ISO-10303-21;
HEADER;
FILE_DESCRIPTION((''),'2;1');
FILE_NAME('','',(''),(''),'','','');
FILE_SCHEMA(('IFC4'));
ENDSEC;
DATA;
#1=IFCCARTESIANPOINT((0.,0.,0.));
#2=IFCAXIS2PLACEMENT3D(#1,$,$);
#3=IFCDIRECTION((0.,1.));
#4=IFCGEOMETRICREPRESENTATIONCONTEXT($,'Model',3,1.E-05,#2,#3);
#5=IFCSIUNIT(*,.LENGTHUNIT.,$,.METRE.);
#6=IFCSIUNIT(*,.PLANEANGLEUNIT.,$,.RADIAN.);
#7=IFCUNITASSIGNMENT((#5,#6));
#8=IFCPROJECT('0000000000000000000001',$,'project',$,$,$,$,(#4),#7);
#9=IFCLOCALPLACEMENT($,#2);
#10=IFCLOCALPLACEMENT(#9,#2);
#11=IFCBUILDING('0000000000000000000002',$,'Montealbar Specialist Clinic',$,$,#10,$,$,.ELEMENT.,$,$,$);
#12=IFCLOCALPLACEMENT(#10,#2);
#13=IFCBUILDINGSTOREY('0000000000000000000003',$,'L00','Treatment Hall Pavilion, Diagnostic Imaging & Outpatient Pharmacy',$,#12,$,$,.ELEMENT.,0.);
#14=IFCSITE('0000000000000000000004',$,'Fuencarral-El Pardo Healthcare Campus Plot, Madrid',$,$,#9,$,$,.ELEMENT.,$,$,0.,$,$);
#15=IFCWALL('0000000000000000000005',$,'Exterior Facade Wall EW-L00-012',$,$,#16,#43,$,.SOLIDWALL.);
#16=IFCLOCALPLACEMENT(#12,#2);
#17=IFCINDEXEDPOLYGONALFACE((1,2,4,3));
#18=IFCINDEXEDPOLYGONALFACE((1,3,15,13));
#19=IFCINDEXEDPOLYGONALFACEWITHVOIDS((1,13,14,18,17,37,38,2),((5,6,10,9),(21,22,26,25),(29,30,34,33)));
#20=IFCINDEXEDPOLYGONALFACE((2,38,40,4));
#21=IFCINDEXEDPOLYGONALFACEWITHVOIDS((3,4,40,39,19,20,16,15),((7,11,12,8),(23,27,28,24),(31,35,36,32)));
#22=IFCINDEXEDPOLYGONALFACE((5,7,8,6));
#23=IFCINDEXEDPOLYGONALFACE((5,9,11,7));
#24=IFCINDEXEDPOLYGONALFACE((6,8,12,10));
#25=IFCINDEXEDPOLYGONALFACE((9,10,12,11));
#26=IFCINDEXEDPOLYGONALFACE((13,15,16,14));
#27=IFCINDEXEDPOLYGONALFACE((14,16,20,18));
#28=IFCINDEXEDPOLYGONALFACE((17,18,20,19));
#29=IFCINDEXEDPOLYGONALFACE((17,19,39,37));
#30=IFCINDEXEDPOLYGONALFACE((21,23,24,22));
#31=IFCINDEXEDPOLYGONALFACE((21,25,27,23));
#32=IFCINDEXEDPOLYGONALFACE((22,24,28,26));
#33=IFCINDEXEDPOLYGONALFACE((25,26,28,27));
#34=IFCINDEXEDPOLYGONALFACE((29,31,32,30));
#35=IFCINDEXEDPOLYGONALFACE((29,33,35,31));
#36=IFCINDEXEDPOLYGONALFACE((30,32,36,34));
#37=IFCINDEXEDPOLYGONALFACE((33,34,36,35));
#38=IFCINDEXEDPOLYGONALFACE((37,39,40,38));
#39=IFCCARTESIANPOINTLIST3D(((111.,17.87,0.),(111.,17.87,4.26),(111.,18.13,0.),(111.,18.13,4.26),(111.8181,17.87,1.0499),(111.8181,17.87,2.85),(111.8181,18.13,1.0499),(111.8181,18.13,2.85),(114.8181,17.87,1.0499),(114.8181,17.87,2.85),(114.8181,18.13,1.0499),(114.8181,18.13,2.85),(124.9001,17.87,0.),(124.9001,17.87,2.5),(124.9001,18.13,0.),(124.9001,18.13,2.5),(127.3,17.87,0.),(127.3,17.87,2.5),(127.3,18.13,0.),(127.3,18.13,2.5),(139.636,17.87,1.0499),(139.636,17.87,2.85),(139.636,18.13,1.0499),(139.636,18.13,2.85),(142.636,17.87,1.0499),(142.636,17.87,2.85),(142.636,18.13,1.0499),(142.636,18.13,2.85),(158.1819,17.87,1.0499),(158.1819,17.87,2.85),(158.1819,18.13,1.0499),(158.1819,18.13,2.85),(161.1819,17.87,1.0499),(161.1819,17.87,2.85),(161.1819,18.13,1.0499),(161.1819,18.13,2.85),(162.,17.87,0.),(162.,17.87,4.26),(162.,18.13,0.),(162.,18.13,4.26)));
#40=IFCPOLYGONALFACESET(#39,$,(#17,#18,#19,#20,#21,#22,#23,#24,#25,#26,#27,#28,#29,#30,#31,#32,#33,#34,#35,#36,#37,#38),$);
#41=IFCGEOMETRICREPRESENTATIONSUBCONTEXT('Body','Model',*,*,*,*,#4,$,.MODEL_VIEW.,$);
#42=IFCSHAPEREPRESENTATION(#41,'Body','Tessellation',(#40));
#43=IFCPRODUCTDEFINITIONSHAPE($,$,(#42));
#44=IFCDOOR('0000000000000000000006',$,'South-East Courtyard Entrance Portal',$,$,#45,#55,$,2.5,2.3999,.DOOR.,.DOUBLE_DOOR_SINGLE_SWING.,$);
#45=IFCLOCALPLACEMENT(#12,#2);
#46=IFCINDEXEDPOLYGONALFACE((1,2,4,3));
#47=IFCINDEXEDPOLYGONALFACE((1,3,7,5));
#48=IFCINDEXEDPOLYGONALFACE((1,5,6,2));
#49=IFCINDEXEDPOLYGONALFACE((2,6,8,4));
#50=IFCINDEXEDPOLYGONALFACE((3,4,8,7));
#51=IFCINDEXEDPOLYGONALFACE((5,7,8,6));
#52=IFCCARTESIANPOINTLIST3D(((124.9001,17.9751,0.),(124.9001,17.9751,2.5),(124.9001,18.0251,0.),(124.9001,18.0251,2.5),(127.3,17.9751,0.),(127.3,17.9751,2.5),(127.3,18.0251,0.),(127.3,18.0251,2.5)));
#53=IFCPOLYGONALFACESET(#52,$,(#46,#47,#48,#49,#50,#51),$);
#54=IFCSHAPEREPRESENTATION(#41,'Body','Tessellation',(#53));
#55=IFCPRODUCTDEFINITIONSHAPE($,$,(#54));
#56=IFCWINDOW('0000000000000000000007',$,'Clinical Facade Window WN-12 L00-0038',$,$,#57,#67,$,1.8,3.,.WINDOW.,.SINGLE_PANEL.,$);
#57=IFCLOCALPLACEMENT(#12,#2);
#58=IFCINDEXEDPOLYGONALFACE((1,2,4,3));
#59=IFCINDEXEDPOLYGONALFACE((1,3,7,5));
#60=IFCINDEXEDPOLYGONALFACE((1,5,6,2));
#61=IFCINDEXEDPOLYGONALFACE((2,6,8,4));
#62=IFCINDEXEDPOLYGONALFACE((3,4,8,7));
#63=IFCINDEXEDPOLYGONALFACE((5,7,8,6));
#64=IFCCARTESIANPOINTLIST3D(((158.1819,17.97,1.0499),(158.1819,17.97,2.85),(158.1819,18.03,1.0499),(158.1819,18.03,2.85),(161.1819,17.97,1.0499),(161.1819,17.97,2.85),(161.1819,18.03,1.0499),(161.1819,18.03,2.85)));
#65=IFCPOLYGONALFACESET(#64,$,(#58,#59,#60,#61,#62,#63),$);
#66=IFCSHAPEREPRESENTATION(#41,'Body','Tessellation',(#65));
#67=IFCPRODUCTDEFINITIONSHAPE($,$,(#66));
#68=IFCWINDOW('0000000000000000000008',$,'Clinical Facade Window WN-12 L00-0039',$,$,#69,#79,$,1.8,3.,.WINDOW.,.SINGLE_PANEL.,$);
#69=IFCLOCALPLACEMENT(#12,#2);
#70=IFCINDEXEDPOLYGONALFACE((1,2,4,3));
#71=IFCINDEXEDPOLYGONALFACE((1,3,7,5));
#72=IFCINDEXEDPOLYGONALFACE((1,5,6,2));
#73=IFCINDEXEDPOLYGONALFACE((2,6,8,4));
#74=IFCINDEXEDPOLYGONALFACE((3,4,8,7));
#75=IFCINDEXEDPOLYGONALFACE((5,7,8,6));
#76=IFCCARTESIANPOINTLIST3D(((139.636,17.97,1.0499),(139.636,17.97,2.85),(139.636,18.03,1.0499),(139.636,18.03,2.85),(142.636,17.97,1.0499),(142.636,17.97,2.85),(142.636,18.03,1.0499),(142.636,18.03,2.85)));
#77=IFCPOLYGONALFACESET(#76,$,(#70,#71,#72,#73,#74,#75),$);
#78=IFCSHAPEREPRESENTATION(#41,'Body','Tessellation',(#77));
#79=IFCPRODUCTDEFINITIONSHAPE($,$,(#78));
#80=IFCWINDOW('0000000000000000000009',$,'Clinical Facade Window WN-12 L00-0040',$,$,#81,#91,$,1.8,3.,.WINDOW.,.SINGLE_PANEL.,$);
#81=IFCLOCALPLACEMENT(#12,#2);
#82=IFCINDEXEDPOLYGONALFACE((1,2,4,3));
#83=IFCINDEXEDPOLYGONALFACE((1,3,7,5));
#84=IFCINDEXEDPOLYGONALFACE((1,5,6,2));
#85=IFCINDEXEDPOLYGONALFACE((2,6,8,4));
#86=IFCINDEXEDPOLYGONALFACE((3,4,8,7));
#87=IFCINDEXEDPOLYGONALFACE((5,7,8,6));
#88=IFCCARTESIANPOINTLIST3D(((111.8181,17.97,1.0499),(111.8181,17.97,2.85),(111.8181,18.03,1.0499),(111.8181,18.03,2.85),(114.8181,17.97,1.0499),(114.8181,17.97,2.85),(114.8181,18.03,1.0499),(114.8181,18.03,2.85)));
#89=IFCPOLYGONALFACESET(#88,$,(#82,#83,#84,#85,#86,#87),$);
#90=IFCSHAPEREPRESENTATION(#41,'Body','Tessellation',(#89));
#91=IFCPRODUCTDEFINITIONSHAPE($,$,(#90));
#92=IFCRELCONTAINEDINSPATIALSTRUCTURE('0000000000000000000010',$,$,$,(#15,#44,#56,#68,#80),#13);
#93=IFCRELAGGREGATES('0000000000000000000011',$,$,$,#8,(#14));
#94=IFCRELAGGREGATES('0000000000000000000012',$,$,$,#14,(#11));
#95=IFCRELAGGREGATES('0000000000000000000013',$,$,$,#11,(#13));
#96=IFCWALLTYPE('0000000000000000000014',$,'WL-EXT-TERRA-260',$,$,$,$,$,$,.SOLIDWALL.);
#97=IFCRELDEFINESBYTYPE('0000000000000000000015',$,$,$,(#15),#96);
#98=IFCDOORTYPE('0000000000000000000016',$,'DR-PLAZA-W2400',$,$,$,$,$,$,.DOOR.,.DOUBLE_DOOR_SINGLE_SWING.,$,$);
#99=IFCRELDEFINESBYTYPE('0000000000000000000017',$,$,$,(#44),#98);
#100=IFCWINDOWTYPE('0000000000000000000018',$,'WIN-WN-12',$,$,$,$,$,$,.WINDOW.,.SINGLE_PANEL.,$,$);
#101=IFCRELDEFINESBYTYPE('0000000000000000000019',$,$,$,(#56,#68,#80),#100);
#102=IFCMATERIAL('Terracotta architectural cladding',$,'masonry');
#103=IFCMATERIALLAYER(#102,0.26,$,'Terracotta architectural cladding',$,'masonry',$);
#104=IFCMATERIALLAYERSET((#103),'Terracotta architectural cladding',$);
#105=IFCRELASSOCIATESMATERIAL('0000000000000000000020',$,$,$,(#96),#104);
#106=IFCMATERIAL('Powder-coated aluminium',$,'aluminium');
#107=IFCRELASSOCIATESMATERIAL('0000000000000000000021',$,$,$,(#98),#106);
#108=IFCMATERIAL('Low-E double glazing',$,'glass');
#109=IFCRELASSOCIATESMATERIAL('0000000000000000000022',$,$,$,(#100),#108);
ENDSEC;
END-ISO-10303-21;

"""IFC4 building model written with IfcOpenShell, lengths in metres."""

from ifc_helpers import new_model, si_unit, direction, frame, frame_2d, origin, place, context, subcontext, project, spatial, rectangle, extrude, material, layer, layer_set, type_object, element, fill, save


model = new_model("IFC4")

# Units and contexts
model_context = context("Model", 3, precision=1e-05, world=origin(), true_north=direction((0.0, 1.0)))
body_context = subcontext(model_context, "Body", "Model", "MODEL_VIEW")
ifc_project = project(units=[si_unit("LENGTHUNIT", "METRE"), si_unit("PLANEANGLEUNIT", "RADIAN")], contexts=[model_context])

# Site, building, storey
site_placement = place(None, origin())
site = spatial("IfcSite", under=ifc_project, at=site_placement, Name="Fuencarral-El Pardo Healthcare Campus Plot, Madrid", CompositionType="ELEMENT", RefElevation=0.0)
building_placement = place(site_placement, origin())
building = spatial("IfcBuilding", under=site, at=building_placement, Name="Montealbar Specialist Clinic", CompositionType="ELEMENT")
storey_placement = place(building_placement, origin())
storey = spatial("IfcBuildingStorey", under=building, at=storey_placement, Name="L00", Description="Treatment Hall Pavilion, Diagnostic Imaging & Outpatient Pharmacy", CompositionType="ELEMENT", Elevation=0.0)

# Wall, openings, door, windows
ifc_material_1 = material(Name="Terracotta architectural cladding", Category="masonry")
ifc_layer = layer(ifc_material_1, 0.26, Name="Terracotta architectural cladding", Category="masonry")
ifc_layer_set = layer_set([ifc_layer], Name="Terracotta architectural cladding")
wall_type = type_object("IfcWallType", Name="WL-EXT-TERRA-260", PredefinedType="SOLIDWALL", material=ifc_layer_set)
wall_placement = place(storey_placement, frame((162.0, 18.0, 0.0), z_axis=(0.0, 0.0, 1.0), x_axis=(-1.0, 0.0, 0.0)))
wall = element("IfcWall", 1, at=wall_placement, inside=storey, type_object=wall_type, Name="Exterior Facade Wall EW-L00-012", PredefinedType="SOLIDWALL", context=body_context, shape_type="SweptSolid", body=[
    extrude(rectangle(XDim=51.0, YDim=0.26, at=frame_2d((25.5, 0.0))), origin(), (0.0, 0.0, 1.0), 4.26),
])
opening_1_placement = place(wall_placement, frame((34.7, 0.0, 0.0)))
opening_1 = element("IfcOpeningElement", 2, at=opening_1_placement, cuts=wall, PredefinedType="OPENING", context=body_context, shape_type="SweptSolid", body=[
    extrude(rectangle(XDim=2.3999, YDim=2.5, at=frame_2d((1.2, 1.25))), frame((0.0, 0.1399, 0.0), z_axis=(0.0, -1.0, 0.0), x_axis=(1.0, 0.0, 0.0)), (0.0, 0.0, 1.0), 0.28),
])
opening_2_placement = place(wall_placement, frame((0.8181, 0.0, 1.05)))
opening_2 = element("IfcOpeningElement", 3, at=opening_2_placement, cuts=wall, PredefinedType="OPENING", context=body_context, shape_type="SweptSolid", body=[
    extrude(rectangle(XDim=3.0, YDim=1.8, at=frame_2d((1.5, 0.8999))), frame((0.0, 0.1399, 0.0), z_axis=(0.0, -1.0, 0.0), x_axis=(1.0, 0.0, 0.0)), (0.0, 0.0, 1.0), 0.28),
])
opening_3_placement = place(wall_placement, frame((19.364, 0.0, 1.05)))
opening_3 = element("IfcOpeningElement", 4, at=opening_3_placement, cuts=wall, PredefinedType="OPENING", context=body_context, shape_type="SweptSolid", body=[
    extrude(rectangle(XDim=3.0, YDim=1.8, at=frame_2d((1.5, 0.8999))), frame((0.0, 0.1399, 0.0), z_axis=(0.0, -1.0, 0.0), x_axis=(1.0, 0.0, 0.0)), (0.0, 0.0, 1.0), 0.28),
])
opening_4_placement = place(wall_placement, frame((47.1819, 0.0, 1.05)))
opening_4 = element("IfcOpeningElement", 5, at=opening_4_placement, cuts=wall, PredefinedType="OPENING", context=body_context, shape_type="SweptSolid", body=[
    extrude(rectangle(XDim=3.0, YDim=1.8, at=frame_2d((1.5, 0.8999))), frame((0.0, 0.1399, 0.0), z_axis=(0.0, -1.0, 0.0), x_axis=(1.0, 0.0, 0.0)), (0.0, 0.0, 1.0), 0.28),
])
ifc_material_2 = material(Name="Powder-coated aluminium", Category="aluminium")
door_type = type_object("IfcDoorType", Name="DR-PLAZA-W2400", OperationType="DOUBLE_DOOR_SINGLE_SWING", PredefinedType="DOOR", material=ifc_material_2)
door_placement = place(opening_1_placement, origin())
door = element("IfcDoor", 6, at=door_placement, inside=storey, type_object=door_type, Name="South-East Courtyard Entrance Portal", OperationType="DOUBLE_DOOR_SINGLE_SWING", OverallHeight=2.5, OverallWidth=2.3999, PredefinedType="DOOR", context=body_context, shape_type="SweptSolid", body=[
    extrude(rectangle(XDim=2.3999, YDim=2.5, at=frame_2d((1.2, 1.25))), frame((0.0, 0.0249, 0.0), z_axis=(0.0, -1.0, 0.0), x_axis=(1.0, 0.0, 0.0)), (0.0, 0.0, 1.0), 0.05),
])
fill(opening_1, door)
ifc_material_3 = material(Name="Low-E double glazing", Category="glass")
window_type = type_object("IfcWindowType", Name="WIN-WN-12", PartitioningType="SINGLE_PANEL", PredefinedType="WINDOW", material=ifc_material_3)
window_1_placement = place(opening_2_placement, origin())
window_1 = element("IfcWindow", 7, at=window_1_placement, inside=storey, type_object=window_type, Name="Clinical Facade Window WN-12 L00-0038", OverallHeight=1.8, OverallWidth=3.0, PartitioningType="SINGLE_PANEL", PredefinedType="WINDOW", context=body_context, shape_type="SweptSolid", body=[
    extrude(rectangle(XDim=3.0, YDim=1.8, at=frame_2d((1.5, 0.8999))), frame((0.0, 0.03, 0.0), z_axis=(0.0, -1.0, 0.0), x_axis=(1.0, 0.0, 0.0)), (0.0, 0.0, 1.0), 0.0601),
])
fill(opening_2, window_1)
window_2_placement = place(opening_3_placement, origin())
window_2 = element("IfcWindow", 8, at=window_2_placement, inside=storey, type_object=window_type, Name="Clinical Facade Window WN-12 L00-0039", OverallHeight=1.8, OverallWidth=3.0, PartitioningType="SINGLE_PANEL", PredefinedType="WINDOW", context=body_context, shape_type="SweptSolid", body=[
    extrude(rectangle(XDim=3.0, YDim=1.8, at=frame_2d((1.5, 0.8999))), frame((0.0, 0.03, 0.0), z_axis=(0.0, -1.0, 0.0), x_axis=(1.0, 0.0, 0.0)), (0.0, 0.0, 1.0), 0.0601),
])
fill(opening_3, window_2)
window_3_placement = place(opening_4_placement, origin())
window_3 = element("IfcWindow", 9, at=window_3_placement, inside=storey, type_object=window_type, Name="Clinical Facade Window WN-12 L00-0040", OverallHeight=1.8, OverallWidth=3.0, PartitioningType="SINGLE_PANEL", PredefinedType="WINDOW", context=body_context, shape_type="SweptSolid", body=[
    extrude(rectangle(XDim=3.0, YDim=1.8, at=frame_2d((1.5, 0.8999))), frame((0.0, 0.03, 0.0), z_axis=(0.0, -1.0, 0.0), x_axis=(1.0, 0.0, 0.0)), (0.0, 0.0, 1.0), 0.0601),
])
fill(opening_4, window_3)

save(model, "model.ifc")
